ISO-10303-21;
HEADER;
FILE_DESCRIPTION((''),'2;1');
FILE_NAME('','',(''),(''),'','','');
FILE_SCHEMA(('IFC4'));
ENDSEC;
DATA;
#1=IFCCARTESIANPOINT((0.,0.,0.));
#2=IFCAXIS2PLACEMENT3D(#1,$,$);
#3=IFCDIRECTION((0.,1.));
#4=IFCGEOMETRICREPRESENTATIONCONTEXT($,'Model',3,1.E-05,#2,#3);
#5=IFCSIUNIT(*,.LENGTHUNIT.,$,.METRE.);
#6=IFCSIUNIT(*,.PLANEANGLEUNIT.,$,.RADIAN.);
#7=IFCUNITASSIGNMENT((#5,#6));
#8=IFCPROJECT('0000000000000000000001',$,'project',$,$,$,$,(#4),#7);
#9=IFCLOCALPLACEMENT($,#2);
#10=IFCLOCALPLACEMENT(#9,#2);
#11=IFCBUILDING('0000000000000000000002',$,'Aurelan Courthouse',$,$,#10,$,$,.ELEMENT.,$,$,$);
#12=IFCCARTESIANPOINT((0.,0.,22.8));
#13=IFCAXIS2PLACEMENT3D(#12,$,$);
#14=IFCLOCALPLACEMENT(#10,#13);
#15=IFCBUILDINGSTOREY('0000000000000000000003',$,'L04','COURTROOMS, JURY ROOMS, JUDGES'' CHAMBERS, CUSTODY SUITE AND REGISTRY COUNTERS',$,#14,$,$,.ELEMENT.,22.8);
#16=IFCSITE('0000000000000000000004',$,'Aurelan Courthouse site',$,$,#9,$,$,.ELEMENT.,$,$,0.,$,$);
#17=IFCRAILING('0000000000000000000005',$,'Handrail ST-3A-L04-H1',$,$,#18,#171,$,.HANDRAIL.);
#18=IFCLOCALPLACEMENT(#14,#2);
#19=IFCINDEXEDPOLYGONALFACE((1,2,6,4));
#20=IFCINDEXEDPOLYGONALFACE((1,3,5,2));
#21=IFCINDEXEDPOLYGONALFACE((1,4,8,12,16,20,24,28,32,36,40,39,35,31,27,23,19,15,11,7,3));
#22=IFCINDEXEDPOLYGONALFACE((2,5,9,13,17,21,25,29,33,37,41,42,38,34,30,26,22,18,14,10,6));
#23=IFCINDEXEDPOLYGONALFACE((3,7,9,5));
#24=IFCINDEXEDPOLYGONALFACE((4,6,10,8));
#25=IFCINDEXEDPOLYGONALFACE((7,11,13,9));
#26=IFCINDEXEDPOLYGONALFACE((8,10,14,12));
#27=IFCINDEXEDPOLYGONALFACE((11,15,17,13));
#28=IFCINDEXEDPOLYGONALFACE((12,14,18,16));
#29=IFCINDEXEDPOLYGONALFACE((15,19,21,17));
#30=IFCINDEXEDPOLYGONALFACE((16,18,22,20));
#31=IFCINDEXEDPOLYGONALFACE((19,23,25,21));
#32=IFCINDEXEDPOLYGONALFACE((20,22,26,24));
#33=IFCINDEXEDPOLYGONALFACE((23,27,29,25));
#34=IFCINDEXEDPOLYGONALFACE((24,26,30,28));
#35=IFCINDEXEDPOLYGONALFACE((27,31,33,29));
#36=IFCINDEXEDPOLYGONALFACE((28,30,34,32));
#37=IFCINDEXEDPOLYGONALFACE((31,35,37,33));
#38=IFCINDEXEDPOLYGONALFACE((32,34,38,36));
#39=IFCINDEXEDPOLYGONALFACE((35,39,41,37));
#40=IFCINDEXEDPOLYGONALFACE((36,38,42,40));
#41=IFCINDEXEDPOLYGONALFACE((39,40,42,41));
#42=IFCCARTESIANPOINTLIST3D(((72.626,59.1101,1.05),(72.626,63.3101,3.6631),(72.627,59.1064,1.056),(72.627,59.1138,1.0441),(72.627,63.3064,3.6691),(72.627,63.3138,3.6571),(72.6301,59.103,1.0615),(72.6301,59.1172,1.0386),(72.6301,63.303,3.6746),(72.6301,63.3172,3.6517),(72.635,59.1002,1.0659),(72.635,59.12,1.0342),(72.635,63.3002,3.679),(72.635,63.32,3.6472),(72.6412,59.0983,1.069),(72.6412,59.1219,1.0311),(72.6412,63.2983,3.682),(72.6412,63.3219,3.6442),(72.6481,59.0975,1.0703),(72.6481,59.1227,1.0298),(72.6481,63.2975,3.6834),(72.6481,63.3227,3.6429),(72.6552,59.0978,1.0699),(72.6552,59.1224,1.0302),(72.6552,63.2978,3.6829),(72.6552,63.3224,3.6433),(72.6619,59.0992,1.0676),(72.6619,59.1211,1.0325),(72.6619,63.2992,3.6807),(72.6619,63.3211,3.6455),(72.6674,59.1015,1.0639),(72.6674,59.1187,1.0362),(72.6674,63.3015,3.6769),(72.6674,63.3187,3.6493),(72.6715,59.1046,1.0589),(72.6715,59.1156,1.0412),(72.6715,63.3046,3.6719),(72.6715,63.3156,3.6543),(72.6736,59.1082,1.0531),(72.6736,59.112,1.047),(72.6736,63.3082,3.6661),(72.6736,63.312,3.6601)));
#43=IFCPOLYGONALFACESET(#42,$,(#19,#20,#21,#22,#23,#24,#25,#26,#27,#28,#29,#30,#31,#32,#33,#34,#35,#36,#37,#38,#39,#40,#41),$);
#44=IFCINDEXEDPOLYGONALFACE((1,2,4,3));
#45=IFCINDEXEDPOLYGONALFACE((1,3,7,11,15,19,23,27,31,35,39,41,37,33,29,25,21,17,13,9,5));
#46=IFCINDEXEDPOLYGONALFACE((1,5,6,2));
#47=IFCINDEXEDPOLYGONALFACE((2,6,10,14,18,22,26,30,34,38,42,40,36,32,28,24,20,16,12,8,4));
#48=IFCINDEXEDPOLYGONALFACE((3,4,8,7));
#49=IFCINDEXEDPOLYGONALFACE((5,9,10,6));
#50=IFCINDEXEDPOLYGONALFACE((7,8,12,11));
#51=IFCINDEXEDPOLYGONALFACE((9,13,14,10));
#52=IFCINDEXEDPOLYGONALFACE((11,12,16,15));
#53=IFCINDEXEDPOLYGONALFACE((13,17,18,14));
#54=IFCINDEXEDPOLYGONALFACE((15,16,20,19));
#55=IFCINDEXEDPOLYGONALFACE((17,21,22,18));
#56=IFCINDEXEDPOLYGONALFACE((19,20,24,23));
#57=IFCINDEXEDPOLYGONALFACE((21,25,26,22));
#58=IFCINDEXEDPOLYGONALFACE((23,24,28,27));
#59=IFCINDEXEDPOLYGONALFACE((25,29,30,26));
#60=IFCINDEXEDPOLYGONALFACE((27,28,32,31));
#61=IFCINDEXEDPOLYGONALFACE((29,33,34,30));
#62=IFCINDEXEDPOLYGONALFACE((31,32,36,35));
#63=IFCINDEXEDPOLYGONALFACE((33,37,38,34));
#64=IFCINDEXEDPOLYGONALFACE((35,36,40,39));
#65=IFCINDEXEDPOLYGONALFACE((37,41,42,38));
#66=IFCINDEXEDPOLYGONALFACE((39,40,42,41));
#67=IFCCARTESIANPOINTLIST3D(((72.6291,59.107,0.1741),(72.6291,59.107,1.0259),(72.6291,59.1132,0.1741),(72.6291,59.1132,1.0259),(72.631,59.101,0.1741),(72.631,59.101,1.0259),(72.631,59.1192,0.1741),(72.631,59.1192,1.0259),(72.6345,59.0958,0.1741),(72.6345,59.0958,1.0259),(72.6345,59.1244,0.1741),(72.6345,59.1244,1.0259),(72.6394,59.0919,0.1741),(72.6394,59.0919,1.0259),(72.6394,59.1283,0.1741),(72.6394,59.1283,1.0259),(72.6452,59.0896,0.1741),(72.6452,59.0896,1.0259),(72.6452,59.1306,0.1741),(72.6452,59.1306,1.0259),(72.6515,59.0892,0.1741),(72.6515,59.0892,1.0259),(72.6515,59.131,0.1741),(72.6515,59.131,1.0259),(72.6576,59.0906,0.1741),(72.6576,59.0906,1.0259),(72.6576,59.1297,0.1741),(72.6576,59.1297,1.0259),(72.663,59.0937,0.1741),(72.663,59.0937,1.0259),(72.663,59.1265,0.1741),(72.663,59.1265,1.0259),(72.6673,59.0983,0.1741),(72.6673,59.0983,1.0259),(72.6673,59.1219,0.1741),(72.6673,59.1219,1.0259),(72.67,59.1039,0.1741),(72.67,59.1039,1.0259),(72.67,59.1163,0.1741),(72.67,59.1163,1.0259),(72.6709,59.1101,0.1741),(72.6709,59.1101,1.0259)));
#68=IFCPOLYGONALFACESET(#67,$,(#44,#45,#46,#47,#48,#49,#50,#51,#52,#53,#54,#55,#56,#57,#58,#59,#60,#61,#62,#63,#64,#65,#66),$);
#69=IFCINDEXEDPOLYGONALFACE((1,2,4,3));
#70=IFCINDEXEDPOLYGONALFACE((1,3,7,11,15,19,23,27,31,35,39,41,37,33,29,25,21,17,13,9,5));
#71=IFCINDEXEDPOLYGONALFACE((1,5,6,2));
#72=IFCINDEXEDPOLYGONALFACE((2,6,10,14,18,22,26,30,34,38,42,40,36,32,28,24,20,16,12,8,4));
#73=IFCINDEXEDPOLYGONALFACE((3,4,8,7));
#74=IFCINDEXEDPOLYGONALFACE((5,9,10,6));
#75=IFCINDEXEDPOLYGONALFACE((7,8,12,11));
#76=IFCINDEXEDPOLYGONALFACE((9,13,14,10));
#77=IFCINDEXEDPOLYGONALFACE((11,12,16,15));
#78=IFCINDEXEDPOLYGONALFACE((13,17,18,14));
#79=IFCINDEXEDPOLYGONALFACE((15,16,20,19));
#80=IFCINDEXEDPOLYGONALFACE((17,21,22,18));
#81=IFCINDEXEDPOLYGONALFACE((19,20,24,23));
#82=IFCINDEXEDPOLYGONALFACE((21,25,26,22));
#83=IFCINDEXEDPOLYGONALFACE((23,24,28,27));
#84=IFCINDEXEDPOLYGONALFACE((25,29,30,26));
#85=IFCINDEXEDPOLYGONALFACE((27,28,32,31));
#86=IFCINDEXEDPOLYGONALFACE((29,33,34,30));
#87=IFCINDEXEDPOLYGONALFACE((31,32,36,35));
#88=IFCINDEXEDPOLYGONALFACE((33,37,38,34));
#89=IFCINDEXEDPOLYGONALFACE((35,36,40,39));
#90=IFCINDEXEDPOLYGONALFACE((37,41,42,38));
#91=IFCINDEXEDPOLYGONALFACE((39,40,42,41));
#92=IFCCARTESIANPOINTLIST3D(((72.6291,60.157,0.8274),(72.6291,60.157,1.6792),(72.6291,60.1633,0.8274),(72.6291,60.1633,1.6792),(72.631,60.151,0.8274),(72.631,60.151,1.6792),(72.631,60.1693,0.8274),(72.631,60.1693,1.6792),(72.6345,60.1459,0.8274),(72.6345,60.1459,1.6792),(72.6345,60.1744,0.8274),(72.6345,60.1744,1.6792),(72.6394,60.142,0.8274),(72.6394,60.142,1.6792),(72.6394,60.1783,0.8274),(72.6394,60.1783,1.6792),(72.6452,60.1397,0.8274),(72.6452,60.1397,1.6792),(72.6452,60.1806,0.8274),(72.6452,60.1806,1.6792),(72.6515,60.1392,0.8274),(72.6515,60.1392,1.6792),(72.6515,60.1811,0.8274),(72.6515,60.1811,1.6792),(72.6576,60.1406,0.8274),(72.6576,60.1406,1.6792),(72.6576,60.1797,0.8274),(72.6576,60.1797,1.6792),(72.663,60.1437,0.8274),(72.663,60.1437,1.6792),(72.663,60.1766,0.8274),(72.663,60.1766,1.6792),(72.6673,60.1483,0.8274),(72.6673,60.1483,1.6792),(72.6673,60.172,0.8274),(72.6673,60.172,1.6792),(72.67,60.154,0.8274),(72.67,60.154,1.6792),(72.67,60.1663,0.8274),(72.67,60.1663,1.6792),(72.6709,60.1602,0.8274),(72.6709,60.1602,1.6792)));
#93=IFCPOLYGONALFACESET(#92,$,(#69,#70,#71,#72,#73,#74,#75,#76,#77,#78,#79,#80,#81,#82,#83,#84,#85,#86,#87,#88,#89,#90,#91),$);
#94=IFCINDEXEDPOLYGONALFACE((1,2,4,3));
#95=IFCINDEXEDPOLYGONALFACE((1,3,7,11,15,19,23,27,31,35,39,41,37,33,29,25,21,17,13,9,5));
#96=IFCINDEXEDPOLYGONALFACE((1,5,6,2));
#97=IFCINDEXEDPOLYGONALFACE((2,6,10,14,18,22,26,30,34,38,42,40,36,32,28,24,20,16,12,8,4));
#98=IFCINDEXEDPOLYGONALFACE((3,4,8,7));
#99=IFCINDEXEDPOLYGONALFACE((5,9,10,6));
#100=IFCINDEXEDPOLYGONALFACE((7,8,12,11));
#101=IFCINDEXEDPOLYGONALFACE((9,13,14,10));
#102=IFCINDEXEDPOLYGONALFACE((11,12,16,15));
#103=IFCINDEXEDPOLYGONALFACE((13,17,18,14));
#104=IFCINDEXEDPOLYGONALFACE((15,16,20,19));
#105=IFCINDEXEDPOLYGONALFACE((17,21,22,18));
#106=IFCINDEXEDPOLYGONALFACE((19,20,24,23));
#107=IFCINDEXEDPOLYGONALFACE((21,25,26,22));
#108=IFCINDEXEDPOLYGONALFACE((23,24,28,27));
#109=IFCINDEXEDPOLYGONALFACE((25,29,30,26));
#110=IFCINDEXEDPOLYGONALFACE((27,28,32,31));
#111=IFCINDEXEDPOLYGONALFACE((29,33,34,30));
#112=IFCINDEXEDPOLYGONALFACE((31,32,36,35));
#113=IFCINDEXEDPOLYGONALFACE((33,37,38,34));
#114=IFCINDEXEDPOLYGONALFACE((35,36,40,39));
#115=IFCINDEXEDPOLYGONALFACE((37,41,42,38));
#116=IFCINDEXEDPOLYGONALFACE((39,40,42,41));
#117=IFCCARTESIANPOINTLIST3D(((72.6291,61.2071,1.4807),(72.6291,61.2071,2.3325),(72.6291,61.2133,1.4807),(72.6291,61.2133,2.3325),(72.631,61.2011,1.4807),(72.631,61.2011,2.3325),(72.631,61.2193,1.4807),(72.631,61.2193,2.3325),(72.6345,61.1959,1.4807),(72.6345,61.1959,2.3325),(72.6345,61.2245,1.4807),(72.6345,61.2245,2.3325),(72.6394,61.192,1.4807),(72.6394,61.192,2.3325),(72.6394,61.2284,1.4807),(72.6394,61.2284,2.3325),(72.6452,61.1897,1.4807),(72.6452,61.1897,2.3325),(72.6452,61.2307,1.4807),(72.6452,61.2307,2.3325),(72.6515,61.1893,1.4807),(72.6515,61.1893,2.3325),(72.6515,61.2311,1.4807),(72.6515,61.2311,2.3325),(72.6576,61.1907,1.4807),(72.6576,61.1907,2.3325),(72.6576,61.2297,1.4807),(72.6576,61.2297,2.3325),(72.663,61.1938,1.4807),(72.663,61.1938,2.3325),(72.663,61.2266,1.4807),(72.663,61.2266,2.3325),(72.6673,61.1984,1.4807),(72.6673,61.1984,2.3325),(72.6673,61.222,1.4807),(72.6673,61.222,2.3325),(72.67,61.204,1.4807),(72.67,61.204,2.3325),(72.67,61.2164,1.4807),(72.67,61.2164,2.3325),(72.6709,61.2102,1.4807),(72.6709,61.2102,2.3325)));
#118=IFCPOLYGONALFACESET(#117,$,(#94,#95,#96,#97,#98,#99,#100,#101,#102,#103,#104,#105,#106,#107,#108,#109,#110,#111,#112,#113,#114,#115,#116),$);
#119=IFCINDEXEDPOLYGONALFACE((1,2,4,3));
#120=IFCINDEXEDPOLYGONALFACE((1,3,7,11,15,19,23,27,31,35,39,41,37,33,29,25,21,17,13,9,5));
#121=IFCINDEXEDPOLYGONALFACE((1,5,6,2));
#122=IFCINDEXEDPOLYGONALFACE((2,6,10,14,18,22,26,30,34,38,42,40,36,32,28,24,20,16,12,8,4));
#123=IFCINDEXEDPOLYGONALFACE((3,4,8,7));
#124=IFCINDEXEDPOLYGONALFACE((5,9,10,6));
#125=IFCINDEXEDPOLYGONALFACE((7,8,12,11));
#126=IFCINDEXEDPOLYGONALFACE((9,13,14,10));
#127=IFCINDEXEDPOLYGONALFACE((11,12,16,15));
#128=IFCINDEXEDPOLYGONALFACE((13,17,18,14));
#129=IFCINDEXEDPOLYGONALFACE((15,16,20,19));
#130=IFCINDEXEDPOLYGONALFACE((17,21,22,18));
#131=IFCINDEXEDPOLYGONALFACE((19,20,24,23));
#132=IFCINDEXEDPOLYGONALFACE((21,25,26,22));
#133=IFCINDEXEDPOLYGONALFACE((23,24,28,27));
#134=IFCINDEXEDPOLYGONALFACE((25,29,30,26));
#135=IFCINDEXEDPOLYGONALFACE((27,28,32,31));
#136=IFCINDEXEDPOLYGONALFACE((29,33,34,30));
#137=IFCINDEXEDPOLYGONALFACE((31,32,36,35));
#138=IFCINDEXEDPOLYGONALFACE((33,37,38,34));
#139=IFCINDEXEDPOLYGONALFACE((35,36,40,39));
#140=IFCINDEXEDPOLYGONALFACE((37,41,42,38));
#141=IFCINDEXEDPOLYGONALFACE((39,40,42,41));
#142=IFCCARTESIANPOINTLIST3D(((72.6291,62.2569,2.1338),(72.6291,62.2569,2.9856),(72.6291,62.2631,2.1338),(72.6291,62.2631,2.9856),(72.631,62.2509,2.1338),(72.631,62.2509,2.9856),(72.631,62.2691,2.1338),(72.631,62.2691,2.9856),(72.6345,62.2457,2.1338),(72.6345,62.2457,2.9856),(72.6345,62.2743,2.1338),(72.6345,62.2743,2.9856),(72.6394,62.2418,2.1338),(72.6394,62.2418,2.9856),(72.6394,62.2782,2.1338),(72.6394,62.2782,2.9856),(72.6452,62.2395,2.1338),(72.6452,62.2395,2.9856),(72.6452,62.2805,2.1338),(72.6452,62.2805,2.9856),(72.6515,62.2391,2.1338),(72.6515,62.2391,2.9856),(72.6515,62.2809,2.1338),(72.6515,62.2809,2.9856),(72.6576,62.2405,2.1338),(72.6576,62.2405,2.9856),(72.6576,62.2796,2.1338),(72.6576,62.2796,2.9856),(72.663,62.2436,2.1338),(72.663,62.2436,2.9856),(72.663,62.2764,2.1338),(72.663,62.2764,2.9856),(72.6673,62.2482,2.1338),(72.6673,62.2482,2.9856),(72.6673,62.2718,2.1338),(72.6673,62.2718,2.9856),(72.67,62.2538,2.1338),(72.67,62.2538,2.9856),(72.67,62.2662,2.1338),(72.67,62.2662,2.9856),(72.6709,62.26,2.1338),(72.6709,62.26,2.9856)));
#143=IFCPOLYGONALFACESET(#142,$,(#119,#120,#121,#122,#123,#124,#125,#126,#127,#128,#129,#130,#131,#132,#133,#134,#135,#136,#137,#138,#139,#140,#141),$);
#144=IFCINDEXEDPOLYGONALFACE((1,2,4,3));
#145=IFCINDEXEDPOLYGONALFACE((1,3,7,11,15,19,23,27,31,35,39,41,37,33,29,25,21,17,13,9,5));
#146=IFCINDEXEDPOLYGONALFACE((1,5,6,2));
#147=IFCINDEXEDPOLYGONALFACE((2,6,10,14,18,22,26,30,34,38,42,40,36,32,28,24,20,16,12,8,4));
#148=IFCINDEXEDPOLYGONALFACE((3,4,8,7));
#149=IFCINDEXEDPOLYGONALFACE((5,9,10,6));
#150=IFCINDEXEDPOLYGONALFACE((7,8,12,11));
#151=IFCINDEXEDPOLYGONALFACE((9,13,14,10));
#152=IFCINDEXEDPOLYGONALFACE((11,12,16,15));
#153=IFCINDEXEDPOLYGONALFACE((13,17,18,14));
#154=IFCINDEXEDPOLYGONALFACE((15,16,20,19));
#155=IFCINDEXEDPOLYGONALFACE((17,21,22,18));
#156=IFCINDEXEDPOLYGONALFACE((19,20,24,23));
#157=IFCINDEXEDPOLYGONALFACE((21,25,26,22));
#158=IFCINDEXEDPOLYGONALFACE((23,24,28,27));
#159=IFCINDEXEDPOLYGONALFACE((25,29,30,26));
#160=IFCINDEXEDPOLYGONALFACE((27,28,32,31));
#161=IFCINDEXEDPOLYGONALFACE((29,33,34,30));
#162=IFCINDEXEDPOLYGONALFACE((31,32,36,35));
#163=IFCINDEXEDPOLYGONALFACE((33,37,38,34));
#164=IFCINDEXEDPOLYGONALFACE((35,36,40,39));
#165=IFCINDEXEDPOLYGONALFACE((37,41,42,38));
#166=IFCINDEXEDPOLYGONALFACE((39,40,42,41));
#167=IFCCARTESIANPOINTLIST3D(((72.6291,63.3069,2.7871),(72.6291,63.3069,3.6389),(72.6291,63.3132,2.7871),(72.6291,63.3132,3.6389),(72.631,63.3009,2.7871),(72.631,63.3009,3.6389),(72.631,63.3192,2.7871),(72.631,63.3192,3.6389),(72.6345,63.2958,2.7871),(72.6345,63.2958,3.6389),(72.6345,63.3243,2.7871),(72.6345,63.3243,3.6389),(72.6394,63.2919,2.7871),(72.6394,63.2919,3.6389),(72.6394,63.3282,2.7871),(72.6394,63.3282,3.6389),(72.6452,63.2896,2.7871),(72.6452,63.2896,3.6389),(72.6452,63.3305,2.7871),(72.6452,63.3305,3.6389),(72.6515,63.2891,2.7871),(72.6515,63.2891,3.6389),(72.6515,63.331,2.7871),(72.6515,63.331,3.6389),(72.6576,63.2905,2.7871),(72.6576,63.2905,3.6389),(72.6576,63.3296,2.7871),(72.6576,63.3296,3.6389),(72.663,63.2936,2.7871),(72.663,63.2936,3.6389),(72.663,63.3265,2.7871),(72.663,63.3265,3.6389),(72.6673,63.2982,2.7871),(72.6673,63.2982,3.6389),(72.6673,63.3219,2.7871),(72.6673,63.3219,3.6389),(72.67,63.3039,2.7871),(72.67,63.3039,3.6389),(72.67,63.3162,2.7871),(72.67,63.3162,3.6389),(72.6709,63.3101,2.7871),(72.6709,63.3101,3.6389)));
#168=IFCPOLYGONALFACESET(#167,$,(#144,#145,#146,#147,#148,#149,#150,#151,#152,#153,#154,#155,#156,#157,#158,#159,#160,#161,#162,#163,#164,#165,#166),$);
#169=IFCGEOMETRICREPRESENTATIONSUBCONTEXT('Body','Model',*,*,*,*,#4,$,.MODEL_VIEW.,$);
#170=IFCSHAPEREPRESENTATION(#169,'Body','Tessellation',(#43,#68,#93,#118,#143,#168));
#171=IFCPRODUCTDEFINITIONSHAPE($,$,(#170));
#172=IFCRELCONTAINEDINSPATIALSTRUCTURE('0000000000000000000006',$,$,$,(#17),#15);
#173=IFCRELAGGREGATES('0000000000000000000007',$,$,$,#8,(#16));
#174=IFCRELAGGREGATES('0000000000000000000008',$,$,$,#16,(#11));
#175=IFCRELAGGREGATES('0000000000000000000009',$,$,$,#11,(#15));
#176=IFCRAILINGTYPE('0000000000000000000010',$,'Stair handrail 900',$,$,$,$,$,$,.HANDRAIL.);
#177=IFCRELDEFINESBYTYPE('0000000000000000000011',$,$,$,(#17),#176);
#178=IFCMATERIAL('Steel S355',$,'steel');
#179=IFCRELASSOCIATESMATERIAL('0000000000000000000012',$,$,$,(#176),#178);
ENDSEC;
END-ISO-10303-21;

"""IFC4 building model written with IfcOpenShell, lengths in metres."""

from ifc_helpers import new_model, si_unit, direction, frame, origin, origin_2d, place, context, subcontext, project, spatial, circle, extrude, material, type_object, element, save


model = new_model("IFC4")

# Units and contexts
model_context = context("Model", 3, precision=1e-05, world=origin(), true_north=direction((0.0, 1.0)))
body_context = subcontext(model_context, "Body", "Model", "MODEL_VIEW")
ifc_project = project(units=[si_unit("LENGTHUNIT", "METRE"), si_unit("PLANEANGLEUNIT", "RADIAN")], contexts=[model_context])

# Site, building, storey
site_placement = place(None, origin())
site = spatial("IfcSite", under=ifc_project, at=site_placement, Name="Aurelan Courthouse site", CompositionType="ELEMENT", RefElevation=0.0)
building_placement = place(site_placement, origin())
building = spatial("IfcBuilding", under=site, at=building_placement, Name="Aurelan Courthouse", CompositionType="ELEMENT")
storey_placement = place(building_placement, frame((0.0, 0.0, 22.8)))
storey = spatial("IfcBuildingStorey", under=building, at=storey_placement, Name="L04", Description="COURTROOMS, JURY ROOMS, JUDGES' CHAMBERS, CUSTODY SUITE AND REGISTRY COUNTERS", CompositionType="ELEMENT", Elevation=22.8)

# Railing
ifc_material_1 = material(Name="Steel S355", Category="steel")
railing_type = type_object("IfcRailingType", Name="Stair handrail 900", PredefinedType="HANDRAIL", material=ifc_material_1)
for number, where, name in (
    (1, (72.6499, 59.1101, 0.1741), "Handrail ST-3A-L04-H1"),
):
    element("IfcRailing", number, at=place(storey_placement, frame(where)), inside=storey, type_object=railing_type, Name=name, PredefinedType="HANDRAIL", context=body_context, shape_type="SweptSolid", body=[
        extrude(circle(Radius=0.0239, at=origin_2d()), frame((0.0, 0.0, 0.876), z_axis=(0.0, 0.849081, 0.528263), x_axis=(-1.0, 0.0, 0.0)), (0.0, 0.0, 1.0), 4.9465),
        extrude(circle(Radius=0.021, at=origin_2d()), origin(), (0.0, 0.0, 1.0), 0.8518),
        extrude(circle(Radius=0.021, at=origin_2d()), frame((0.0, 1.05, 0.6533)), (0.0, 0.0, 1.0), 0.8518),
        extrude(circle(Radius=0.021, at=origin_2d()), frame((0.0, 2.1001, 1.3066)), (0.0, 0.0, 1.0), 0.8518),
        extrude(circle(Radius=0.021, at=origin_2d()), frame((0.0, 3.1499, 1.9597)), (0.0, 0.0, 1.0), 0.8518),
        extrude(circle(Radius=0.021, at=origin_2d()), frame((0.0, 4.2, 2.613)), (0.0, 0.0, 1.0), 0.8518),
    ])

save(model, "model.ifc")
